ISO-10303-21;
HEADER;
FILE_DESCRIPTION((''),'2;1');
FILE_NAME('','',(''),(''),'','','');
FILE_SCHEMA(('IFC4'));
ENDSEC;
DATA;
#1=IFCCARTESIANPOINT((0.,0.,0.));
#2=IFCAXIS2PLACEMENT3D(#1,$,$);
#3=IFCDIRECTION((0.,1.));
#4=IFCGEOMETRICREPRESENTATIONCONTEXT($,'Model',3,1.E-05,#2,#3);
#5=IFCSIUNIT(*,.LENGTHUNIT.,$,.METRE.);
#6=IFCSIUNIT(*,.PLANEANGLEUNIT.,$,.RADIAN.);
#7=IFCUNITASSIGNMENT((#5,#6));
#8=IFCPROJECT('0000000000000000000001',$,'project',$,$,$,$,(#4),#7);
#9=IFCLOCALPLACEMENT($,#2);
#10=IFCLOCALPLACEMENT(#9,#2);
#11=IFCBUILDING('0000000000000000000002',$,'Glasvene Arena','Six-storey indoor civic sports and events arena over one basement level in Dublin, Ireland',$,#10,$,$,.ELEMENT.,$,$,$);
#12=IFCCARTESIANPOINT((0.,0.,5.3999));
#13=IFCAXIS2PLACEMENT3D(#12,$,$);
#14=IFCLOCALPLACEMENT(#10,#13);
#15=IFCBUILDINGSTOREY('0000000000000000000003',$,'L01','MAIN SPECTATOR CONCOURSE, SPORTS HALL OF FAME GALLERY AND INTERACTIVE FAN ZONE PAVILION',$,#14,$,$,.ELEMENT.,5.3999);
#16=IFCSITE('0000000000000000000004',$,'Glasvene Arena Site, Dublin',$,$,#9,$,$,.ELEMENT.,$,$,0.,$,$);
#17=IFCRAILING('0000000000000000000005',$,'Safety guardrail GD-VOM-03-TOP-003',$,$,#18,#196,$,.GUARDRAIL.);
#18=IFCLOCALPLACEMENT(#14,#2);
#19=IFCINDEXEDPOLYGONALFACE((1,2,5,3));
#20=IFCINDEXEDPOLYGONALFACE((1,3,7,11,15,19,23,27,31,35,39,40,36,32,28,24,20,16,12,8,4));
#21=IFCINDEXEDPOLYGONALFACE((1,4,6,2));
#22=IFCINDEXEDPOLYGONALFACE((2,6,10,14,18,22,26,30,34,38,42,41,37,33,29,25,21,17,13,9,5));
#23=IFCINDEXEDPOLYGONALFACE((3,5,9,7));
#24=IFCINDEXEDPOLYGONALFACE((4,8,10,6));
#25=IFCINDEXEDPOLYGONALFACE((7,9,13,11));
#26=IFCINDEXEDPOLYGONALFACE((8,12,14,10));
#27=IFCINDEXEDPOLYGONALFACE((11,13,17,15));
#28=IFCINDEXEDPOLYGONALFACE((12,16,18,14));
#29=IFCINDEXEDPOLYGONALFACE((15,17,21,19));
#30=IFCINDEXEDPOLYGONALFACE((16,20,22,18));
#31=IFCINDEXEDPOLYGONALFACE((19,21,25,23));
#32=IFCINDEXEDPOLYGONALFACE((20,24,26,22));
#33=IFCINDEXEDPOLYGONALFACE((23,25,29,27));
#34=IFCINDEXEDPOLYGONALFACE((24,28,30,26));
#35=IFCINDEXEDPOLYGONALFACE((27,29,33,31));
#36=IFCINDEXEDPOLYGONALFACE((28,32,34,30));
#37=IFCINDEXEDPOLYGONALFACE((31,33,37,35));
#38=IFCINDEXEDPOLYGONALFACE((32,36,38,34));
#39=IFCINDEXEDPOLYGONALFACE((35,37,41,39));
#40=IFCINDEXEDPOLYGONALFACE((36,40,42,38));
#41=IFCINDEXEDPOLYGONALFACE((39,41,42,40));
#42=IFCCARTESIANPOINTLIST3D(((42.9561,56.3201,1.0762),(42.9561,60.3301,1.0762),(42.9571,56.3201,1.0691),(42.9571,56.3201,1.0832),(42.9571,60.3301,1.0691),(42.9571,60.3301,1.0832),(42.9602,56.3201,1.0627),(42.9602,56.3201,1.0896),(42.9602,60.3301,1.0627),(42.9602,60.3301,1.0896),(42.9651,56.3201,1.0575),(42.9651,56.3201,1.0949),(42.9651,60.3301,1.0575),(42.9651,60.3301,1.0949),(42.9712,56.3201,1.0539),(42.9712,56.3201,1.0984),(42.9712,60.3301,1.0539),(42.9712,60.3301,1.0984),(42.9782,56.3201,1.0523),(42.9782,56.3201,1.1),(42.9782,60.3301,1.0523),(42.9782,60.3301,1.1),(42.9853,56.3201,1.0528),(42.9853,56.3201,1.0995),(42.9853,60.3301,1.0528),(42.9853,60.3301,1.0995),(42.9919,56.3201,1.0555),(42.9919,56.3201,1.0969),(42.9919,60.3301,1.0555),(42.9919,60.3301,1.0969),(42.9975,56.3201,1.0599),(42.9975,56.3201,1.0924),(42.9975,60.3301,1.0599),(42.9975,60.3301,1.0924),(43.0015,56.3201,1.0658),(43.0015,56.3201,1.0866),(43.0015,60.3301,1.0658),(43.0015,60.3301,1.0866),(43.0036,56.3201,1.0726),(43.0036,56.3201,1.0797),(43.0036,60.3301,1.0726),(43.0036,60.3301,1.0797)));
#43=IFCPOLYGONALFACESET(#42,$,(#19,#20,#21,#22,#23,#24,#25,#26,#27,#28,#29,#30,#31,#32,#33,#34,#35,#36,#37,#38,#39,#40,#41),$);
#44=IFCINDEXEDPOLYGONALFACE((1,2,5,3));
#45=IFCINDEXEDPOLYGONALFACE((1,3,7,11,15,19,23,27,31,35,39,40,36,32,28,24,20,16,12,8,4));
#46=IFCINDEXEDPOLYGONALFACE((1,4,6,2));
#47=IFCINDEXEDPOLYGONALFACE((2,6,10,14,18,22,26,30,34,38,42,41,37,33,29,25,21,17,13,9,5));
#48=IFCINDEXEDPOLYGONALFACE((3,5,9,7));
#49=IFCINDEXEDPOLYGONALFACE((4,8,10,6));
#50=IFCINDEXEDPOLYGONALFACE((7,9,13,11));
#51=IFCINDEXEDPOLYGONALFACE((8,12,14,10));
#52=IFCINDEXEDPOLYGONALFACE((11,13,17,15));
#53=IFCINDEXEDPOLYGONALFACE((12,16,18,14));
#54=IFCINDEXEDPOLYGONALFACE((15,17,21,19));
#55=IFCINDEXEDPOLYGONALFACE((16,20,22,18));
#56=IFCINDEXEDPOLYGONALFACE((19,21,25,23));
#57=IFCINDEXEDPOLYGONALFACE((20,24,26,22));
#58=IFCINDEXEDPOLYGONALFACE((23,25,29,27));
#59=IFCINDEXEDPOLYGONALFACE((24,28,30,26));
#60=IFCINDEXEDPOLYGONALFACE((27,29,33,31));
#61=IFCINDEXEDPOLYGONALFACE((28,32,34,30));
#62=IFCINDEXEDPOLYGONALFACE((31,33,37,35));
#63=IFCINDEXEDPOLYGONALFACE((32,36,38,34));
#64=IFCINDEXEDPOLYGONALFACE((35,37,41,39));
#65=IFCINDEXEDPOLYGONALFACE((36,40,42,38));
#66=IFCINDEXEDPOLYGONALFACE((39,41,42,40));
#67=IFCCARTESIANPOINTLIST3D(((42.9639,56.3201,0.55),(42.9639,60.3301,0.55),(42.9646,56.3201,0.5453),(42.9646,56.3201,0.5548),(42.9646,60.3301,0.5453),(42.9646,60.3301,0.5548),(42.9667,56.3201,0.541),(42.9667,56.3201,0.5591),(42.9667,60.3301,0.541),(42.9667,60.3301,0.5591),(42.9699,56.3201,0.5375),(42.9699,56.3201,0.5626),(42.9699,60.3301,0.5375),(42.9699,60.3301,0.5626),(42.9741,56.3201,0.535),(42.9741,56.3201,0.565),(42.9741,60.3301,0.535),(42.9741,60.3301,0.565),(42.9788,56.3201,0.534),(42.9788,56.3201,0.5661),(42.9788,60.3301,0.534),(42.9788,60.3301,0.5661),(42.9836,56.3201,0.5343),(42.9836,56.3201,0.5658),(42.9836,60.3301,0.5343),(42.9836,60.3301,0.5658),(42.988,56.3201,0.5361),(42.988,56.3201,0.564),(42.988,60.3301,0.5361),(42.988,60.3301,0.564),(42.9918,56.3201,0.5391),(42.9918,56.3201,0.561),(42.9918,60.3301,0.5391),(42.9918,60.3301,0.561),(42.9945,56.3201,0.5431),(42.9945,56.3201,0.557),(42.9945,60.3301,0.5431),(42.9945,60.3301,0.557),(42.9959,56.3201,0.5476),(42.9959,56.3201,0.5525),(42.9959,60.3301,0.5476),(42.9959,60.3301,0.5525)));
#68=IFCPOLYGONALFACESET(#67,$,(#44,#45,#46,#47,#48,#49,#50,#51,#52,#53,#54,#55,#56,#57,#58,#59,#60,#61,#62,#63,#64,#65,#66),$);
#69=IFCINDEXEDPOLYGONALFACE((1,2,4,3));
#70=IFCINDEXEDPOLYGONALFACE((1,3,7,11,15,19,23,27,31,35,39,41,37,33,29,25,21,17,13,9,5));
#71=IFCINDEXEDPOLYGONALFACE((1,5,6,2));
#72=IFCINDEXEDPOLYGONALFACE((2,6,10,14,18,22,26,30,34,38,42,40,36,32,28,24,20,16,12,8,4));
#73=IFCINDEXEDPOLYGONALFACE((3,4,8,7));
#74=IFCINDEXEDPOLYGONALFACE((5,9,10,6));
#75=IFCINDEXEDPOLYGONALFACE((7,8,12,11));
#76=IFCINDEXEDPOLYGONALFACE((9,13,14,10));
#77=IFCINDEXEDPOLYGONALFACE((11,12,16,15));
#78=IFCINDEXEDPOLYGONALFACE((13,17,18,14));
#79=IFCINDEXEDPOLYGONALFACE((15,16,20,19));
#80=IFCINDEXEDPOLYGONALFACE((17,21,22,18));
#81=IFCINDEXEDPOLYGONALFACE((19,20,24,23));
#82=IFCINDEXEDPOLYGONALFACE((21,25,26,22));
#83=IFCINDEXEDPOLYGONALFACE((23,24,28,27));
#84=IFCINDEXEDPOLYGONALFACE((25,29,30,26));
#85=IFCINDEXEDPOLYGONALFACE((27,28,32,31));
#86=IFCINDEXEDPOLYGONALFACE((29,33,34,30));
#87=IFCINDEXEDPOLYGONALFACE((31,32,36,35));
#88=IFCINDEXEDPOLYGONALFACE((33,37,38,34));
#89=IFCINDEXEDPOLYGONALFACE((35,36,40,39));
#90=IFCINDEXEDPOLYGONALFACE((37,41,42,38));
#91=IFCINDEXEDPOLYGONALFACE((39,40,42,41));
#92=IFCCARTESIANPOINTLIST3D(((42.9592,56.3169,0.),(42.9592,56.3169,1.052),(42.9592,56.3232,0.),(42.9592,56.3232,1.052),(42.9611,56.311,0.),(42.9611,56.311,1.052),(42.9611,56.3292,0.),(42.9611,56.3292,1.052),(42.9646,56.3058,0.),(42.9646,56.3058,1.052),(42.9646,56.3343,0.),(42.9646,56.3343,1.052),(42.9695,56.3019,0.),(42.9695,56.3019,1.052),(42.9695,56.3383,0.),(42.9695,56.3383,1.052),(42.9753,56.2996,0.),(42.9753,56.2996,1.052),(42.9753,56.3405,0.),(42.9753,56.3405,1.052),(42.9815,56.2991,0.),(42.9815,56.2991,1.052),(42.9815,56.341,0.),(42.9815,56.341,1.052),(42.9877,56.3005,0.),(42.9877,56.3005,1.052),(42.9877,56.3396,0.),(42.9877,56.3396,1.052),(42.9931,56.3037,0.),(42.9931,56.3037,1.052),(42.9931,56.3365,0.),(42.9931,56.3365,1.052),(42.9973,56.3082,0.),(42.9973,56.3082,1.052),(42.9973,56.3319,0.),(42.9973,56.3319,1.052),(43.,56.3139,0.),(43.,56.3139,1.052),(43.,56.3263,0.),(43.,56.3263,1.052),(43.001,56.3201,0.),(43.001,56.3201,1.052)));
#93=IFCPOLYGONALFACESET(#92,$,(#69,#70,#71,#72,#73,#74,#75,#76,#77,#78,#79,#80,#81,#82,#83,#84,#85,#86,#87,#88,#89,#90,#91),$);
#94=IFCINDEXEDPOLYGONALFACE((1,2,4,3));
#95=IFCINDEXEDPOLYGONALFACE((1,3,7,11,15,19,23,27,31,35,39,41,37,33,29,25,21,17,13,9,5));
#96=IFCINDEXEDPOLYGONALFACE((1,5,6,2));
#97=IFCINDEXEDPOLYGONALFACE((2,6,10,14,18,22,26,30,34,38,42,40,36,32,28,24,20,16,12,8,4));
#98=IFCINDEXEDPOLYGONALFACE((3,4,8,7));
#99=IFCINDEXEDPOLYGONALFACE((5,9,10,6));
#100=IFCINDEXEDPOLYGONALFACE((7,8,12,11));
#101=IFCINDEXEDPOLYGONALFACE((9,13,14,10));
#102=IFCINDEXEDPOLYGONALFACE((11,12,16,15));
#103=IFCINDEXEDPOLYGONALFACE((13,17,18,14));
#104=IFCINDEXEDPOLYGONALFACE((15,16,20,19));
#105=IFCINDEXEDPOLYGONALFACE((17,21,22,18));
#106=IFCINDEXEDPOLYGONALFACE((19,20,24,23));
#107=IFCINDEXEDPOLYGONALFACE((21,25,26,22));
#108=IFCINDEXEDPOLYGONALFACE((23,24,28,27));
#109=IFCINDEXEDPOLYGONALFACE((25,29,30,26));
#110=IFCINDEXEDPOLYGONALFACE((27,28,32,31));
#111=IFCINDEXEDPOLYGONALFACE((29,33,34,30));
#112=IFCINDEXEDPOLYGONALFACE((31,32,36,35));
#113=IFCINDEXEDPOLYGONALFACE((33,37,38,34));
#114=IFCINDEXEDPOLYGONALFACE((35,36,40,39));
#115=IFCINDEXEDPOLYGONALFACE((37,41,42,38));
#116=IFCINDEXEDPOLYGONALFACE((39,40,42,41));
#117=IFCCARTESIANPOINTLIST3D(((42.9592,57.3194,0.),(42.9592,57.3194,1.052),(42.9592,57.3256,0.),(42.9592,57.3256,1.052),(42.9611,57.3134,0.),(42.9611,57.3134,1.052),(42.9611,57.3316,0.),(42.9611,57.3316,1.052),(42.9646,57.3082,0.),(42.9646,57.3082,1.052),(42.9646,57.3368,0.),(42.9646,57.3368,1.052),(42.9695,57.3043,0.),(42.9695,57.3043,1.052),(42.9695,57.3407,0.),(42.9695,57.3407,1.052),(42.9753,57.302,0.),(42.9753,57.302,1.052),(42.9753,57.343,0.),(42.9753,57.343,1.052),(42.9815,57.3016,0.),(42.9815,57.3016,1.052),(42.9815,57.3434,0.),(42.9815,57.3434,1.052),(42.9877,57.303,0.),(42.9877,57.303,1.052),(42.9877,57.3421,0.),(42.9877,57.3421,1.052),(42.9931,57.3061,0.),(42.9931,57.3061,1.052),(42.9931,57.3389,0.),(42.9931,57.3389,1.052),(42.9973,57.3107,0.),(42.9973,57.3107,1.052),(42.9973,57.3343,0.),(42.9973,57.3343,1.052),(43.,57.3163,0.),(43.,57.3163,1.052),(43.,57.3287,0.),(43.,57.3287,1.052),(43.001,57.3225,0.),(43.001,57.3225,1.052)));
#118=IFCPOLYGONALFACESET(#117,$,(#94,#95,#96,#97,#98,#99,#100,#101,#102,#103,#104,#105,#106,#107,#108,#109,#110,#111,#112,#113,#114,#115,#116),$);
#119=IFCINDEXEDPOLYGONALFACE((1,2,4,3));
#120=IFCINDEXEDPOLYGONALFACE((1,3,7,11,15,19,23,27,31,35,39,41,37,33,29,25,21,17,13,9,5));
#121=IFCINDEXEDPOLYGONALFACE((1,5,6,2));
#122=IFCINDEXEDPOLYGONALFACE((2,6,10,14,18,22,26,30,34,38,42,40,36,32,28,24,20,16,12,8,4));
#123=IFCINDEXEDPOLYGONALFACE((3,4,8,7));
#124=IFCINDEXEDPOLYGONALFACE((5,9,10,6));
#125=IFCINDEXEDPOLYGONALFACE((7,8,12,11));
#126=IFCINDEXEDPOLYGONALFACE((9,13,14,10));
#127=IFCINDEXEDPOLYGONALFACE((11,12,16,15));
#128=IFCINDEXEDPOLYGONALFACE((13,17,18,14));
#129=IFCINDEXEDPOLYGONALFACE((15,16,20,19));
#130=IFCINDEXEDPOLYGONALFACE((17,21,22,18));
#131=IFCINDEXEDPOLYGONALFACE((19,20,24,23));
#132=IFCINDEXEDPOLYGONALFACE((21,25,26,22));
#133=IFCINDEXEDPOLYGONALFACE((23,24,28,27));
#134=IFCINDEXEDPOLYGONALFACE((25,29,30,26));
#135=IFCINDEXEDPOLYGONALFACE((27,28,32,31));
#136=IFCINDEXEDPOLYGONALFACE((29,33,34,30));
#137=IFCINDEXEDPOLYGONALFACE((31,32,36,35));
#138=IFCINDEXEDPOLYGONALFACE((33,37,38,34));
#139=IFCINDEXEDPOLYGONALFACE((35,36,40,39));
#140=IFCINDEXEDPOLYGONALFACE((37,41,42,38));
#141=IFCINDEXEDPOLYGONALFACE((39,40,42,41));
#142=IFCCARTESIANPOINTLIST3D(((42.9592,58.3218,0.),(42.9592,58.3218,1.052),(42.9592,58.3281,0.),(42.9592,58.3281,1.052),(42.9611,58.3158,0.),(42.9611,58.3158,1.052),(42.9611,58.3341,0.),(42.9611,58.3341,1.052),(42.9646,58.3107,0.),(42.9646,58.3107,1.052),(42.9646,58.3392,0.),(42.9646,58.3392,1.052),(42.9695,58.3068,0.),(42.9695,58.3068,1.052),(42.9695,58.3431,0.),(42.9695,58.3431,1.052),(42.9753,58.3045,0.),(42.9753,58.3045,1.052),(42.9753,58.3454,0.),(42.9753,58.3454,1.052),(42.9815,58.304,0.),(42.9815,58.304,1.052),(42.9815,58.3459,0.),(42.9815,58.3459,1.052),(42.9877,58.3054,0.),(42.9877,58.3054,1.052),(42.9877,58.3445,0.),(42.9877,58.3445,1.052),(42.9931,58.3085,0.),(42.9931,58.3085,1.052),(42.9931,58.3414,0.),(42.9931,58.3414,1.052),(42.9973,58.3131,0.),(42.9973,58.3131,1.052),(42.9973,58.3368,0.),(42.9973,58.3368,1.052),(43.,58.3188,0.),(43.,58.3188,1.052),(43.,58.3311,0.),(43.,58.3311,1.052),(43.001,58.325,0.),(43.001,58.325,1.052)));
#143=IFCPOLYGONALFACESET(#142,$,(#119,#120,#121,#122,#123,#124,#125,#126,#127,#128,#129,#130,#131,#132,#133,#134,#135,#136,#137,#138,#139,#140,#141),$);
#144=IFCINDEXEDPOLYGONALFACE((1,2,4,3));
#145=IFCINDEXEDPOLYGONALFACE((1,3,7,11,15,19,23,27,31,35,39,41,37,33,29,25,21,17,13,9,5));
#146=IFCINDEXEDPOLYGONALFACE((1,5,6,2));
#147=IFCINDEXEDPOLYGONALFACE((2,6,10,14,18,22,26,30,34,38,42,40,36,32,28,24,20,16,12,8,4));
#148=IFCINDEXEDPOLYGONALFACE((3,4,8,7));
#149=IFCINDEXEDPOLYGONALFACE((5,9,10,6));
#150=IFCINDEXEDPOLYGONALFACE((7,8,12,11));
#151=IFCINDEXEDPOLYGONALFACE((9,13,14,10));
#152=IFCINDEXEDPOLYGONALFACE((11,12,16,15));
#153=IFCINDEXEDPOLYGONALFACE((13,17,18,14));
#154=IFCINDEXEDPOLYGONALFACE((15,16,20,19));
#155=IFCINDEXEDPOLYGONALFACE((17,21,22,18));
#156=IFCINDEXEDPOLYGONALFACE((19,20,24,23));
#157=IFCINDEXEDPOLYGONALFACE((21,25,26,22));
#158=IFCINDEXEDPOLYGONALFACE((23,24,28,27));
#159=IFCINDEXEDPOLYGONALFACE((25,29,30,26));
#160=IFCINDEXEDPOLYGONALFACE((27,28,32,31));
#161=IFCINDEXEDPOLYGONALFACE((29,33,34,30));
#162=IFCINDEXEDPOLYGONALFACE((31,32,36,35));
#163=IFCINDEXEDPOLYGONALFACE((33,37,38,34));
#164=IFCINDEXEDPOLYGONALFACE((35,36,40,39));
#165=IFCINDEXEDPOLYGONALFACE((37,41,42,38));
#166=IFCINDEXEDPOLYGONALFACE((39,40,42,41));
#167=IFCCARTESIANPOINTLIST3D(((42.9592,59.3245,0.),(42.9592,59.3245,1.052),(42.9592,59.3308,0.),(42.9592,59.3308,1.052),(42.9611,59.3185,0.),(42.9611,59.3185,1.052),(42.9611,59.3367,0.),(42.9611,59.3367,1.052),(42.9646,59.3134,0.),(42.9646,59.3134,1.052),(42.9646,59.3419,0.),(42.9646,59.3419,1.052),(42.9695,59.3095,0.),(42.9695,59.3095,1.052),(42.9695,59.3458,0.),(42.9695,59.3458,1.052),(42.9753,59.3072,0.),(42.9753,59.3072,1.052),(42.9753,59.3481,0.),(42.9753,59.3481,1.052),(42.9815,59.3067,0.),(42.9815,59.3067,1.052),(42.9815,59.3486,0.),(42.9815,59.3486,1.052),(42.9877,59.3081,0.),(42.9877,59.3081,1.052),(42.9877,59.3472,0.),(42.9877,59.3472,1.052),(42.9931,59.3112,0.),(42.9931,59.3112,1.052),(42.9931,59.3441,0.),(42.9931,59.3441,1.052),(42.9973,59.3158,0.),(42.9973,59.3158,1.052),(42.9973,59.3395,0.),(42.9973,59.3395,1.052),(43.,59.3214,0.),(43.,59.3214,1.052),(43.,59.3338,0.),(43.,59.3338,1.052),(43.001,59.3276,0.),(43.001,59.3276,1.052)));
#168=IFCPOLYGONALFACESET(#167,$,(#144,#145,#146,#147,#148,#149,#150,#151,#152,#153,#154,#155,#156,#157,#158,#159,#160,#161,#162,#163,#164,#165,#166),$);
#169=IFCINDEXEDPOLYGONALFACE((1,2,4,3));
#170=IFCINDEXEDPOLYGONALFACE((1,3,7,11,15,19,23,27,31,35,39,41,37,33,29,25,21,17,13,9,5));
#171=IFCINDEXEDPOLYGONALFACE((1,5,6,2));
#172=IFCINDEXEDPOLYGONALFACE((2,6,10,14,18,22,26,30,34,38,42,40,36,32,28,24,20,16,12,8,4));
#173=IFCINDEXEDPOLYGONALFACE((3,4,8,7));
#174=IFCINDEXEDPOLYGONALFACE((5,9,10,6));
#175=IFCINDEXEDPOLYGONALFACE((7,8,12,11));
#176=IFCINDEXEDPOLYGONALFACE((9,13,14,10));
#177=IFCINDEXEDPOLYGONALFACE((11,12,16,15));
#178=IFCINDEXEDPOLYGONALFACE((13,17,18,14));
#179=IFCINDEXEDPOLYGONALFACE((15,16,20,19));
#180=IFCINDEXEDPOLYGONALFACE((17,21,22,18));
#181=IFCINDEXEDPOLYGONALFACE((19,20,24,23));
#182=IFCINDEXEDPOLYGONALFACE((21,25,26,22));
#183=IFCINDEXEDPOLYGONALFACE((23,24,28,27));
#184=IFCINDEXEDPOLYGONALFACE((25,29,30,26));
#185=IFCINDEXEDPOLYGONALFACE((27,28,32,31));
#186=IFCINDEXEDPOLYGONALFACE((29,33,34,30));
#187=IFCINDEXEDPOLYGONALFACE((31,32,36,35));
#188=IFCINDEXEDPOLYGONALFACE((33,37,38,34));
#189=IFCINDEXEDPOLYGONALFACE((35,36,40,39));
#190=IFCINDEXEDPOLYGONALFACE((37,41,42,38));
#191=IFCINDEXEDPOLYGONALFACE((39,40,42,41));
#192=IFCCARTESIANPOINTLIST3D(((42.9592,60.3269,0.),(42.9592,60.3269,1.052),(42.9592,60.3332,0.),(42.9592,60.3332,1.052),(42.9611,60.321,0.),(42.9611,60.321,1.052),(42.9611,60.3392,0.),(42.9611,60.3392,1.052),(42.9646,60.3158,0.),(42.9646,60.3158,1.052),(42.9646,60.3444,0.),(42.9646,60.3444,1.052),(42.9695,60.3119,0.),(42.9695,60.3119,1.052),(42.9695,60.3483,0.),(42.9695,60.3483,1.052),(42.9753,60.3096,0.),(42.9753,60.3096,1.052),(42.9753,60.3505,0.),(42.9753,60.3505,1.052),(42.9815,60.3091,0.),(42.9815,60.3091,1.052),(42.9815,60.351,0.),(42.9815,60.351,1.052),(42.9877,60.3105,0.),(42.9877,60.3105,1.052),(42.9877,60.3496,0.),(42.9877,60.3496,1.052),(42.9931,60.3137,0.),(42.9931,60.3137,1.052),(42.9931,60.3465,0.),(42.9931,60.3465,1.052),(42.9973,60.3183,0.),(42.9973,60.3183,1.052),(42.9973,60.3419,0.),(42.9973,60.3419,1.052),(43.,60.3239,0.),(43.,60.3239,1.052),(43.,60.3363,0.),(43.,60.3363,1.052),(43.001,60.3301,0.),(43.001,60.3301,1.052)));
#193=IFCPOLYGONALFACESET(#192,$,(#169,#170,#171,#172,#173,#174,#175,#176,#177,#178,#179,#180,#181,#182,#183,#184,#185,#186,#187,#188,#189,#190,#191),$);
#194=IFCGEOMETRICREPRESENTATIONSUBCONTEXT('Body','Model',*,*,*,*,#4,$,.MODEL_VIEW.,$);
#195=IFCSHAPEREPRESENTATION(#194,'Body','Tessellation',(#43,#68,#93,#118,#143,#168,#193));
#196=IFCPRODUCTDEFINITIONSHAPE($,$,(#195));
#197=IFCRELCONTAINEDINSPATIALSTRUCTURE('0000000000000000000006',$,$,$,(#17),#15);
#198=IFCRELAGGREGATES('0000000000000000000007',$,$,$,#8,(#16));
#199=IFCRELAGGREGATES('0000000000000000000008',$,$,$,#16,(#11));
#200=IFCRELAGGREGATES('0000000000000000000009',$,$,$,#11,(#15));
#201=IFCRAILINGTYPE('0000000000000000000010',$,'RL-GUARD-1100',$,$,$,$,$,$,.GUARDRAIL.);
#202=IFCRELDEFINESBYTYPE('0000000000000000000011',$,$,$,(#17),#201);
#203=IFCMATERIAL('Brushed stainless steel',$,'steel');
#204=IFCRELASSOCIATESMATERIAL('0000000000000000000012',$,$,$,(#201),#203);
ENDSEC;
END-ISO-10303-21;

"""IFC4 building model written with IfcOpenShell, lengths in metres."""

from ifc_helpers import new_model, si_unit, direction, frame, origin, origin_2d, place, context, subcontext, project, spatial, circle, extrude, material, type_object, element, save


model = new_model("IFC4")

# Units and contexts
model_context = context("Model", 3, precision=1e-05, world=origin(), true_north=direction((0.0, 1.0)))
body_context = subcontext(model_context, "Body", "Model", "MODEL_VIEW")
ifc_project = project(units=[si_unit("LENGTHUNIT", "METRE"), si_unit("PLANEANGLEUNIT", "RADIAN")], contexts=[model_context])

# Site, building, storey
site_placement = place(None, origin())
site = spatial("IfcSite", under=ifc_project, at=site_placement, Name="Glasvene Arena Site, Dublin", CompositionType="ELEMENT", RefElevation=0.0)
building_placement = place(site_placement, origin())
building = spatial("IfcBuilding", under=site, at=building_placement, Name="Glasvene Arena", Description="Six-storey indoor civic sports and events arena over one basement level in Dublin, Ireland", CompositionType="ELEMENT")
storey_placement = place(building_placement, frame((0.0, 0.0, 5.3999)))
storey = spatial("IfcBuildingStorey", under=building, at=storey_placement, Name="L01", Description="MAIN SPECTATOR CONCOURSE, SPORTS HALL OF FAME GALLERY AND INTERACTIVE FAN ZONE PAVILION", CompositionType="ELEMENT", Elevation=5.3999)

# Shared definitions
ifc_material_1 = material(Name="Brushed stainless steel", Category="steel")

# Railing
railing_type_1 = type_object("IfcRailingType", Name="RL-GUARD-1100", PredefinedType="GUARDRAIL", material=ifc_material_1)
railing_1_placement = place(storey_placement, frame((42.98, 56.3201, 0.0)))
element("IfcRailing", 1, at=railing_1_placement, inside=storey, type_object=railing_type_1, Name="Safety guardrail GD-VOM-03-TOP-003", PredefinedType="GUARDRAIL", context=body_context, shape_type="SweptSolid", body=[
    extrude(circle(Radius=0.0239, at=origin_2d()), frame((0.0, 0.0, 1.0762), z_axis=(0.0, 1.0, 0.0), x_axis=(-1.0, 0.0, 0.0)), (0.0, 0.0, 1.0), 4.01),
    extrude(circle(Radius=0.0161, at=origin_2d()), frame((0.0, 0.0, 0.55), z_axis=(0.0, 1.0, 0.0), x_axis=(-1.0, 0.0, 0.0)), (0.0, 0.0, 1.0), 4.01),
    extrude(circle(Radius=0.021, at=origin_2d()), origin(), (0.0, 0.0, 1.0), 1.052),
    extrude(circle(Radius=0.021, at=origin_2d()), frame((0.0, 1.0024, 0.0)), (0.0, 0.0, 1.0), 1.052),
    extrude(circle(Radius=0.021, at=origin_2d()), frame((0.0, 2.0049, 0.0)), (0.0, 0.0, 1.0), 1.052),
    extrude(circle(Radius=0.021, at=origin_2d()), frame((0.0, 3.0076, 0.0)), (0.0, 0.0, 1.0), 1.052),
    extrude(circle(Radius=0.021, at=origin_2d()), frame((0.0, 4.01, 0.0)), (0.0, 0.0, 1.0), 1.052),
])

save(model, "model.ifc")
